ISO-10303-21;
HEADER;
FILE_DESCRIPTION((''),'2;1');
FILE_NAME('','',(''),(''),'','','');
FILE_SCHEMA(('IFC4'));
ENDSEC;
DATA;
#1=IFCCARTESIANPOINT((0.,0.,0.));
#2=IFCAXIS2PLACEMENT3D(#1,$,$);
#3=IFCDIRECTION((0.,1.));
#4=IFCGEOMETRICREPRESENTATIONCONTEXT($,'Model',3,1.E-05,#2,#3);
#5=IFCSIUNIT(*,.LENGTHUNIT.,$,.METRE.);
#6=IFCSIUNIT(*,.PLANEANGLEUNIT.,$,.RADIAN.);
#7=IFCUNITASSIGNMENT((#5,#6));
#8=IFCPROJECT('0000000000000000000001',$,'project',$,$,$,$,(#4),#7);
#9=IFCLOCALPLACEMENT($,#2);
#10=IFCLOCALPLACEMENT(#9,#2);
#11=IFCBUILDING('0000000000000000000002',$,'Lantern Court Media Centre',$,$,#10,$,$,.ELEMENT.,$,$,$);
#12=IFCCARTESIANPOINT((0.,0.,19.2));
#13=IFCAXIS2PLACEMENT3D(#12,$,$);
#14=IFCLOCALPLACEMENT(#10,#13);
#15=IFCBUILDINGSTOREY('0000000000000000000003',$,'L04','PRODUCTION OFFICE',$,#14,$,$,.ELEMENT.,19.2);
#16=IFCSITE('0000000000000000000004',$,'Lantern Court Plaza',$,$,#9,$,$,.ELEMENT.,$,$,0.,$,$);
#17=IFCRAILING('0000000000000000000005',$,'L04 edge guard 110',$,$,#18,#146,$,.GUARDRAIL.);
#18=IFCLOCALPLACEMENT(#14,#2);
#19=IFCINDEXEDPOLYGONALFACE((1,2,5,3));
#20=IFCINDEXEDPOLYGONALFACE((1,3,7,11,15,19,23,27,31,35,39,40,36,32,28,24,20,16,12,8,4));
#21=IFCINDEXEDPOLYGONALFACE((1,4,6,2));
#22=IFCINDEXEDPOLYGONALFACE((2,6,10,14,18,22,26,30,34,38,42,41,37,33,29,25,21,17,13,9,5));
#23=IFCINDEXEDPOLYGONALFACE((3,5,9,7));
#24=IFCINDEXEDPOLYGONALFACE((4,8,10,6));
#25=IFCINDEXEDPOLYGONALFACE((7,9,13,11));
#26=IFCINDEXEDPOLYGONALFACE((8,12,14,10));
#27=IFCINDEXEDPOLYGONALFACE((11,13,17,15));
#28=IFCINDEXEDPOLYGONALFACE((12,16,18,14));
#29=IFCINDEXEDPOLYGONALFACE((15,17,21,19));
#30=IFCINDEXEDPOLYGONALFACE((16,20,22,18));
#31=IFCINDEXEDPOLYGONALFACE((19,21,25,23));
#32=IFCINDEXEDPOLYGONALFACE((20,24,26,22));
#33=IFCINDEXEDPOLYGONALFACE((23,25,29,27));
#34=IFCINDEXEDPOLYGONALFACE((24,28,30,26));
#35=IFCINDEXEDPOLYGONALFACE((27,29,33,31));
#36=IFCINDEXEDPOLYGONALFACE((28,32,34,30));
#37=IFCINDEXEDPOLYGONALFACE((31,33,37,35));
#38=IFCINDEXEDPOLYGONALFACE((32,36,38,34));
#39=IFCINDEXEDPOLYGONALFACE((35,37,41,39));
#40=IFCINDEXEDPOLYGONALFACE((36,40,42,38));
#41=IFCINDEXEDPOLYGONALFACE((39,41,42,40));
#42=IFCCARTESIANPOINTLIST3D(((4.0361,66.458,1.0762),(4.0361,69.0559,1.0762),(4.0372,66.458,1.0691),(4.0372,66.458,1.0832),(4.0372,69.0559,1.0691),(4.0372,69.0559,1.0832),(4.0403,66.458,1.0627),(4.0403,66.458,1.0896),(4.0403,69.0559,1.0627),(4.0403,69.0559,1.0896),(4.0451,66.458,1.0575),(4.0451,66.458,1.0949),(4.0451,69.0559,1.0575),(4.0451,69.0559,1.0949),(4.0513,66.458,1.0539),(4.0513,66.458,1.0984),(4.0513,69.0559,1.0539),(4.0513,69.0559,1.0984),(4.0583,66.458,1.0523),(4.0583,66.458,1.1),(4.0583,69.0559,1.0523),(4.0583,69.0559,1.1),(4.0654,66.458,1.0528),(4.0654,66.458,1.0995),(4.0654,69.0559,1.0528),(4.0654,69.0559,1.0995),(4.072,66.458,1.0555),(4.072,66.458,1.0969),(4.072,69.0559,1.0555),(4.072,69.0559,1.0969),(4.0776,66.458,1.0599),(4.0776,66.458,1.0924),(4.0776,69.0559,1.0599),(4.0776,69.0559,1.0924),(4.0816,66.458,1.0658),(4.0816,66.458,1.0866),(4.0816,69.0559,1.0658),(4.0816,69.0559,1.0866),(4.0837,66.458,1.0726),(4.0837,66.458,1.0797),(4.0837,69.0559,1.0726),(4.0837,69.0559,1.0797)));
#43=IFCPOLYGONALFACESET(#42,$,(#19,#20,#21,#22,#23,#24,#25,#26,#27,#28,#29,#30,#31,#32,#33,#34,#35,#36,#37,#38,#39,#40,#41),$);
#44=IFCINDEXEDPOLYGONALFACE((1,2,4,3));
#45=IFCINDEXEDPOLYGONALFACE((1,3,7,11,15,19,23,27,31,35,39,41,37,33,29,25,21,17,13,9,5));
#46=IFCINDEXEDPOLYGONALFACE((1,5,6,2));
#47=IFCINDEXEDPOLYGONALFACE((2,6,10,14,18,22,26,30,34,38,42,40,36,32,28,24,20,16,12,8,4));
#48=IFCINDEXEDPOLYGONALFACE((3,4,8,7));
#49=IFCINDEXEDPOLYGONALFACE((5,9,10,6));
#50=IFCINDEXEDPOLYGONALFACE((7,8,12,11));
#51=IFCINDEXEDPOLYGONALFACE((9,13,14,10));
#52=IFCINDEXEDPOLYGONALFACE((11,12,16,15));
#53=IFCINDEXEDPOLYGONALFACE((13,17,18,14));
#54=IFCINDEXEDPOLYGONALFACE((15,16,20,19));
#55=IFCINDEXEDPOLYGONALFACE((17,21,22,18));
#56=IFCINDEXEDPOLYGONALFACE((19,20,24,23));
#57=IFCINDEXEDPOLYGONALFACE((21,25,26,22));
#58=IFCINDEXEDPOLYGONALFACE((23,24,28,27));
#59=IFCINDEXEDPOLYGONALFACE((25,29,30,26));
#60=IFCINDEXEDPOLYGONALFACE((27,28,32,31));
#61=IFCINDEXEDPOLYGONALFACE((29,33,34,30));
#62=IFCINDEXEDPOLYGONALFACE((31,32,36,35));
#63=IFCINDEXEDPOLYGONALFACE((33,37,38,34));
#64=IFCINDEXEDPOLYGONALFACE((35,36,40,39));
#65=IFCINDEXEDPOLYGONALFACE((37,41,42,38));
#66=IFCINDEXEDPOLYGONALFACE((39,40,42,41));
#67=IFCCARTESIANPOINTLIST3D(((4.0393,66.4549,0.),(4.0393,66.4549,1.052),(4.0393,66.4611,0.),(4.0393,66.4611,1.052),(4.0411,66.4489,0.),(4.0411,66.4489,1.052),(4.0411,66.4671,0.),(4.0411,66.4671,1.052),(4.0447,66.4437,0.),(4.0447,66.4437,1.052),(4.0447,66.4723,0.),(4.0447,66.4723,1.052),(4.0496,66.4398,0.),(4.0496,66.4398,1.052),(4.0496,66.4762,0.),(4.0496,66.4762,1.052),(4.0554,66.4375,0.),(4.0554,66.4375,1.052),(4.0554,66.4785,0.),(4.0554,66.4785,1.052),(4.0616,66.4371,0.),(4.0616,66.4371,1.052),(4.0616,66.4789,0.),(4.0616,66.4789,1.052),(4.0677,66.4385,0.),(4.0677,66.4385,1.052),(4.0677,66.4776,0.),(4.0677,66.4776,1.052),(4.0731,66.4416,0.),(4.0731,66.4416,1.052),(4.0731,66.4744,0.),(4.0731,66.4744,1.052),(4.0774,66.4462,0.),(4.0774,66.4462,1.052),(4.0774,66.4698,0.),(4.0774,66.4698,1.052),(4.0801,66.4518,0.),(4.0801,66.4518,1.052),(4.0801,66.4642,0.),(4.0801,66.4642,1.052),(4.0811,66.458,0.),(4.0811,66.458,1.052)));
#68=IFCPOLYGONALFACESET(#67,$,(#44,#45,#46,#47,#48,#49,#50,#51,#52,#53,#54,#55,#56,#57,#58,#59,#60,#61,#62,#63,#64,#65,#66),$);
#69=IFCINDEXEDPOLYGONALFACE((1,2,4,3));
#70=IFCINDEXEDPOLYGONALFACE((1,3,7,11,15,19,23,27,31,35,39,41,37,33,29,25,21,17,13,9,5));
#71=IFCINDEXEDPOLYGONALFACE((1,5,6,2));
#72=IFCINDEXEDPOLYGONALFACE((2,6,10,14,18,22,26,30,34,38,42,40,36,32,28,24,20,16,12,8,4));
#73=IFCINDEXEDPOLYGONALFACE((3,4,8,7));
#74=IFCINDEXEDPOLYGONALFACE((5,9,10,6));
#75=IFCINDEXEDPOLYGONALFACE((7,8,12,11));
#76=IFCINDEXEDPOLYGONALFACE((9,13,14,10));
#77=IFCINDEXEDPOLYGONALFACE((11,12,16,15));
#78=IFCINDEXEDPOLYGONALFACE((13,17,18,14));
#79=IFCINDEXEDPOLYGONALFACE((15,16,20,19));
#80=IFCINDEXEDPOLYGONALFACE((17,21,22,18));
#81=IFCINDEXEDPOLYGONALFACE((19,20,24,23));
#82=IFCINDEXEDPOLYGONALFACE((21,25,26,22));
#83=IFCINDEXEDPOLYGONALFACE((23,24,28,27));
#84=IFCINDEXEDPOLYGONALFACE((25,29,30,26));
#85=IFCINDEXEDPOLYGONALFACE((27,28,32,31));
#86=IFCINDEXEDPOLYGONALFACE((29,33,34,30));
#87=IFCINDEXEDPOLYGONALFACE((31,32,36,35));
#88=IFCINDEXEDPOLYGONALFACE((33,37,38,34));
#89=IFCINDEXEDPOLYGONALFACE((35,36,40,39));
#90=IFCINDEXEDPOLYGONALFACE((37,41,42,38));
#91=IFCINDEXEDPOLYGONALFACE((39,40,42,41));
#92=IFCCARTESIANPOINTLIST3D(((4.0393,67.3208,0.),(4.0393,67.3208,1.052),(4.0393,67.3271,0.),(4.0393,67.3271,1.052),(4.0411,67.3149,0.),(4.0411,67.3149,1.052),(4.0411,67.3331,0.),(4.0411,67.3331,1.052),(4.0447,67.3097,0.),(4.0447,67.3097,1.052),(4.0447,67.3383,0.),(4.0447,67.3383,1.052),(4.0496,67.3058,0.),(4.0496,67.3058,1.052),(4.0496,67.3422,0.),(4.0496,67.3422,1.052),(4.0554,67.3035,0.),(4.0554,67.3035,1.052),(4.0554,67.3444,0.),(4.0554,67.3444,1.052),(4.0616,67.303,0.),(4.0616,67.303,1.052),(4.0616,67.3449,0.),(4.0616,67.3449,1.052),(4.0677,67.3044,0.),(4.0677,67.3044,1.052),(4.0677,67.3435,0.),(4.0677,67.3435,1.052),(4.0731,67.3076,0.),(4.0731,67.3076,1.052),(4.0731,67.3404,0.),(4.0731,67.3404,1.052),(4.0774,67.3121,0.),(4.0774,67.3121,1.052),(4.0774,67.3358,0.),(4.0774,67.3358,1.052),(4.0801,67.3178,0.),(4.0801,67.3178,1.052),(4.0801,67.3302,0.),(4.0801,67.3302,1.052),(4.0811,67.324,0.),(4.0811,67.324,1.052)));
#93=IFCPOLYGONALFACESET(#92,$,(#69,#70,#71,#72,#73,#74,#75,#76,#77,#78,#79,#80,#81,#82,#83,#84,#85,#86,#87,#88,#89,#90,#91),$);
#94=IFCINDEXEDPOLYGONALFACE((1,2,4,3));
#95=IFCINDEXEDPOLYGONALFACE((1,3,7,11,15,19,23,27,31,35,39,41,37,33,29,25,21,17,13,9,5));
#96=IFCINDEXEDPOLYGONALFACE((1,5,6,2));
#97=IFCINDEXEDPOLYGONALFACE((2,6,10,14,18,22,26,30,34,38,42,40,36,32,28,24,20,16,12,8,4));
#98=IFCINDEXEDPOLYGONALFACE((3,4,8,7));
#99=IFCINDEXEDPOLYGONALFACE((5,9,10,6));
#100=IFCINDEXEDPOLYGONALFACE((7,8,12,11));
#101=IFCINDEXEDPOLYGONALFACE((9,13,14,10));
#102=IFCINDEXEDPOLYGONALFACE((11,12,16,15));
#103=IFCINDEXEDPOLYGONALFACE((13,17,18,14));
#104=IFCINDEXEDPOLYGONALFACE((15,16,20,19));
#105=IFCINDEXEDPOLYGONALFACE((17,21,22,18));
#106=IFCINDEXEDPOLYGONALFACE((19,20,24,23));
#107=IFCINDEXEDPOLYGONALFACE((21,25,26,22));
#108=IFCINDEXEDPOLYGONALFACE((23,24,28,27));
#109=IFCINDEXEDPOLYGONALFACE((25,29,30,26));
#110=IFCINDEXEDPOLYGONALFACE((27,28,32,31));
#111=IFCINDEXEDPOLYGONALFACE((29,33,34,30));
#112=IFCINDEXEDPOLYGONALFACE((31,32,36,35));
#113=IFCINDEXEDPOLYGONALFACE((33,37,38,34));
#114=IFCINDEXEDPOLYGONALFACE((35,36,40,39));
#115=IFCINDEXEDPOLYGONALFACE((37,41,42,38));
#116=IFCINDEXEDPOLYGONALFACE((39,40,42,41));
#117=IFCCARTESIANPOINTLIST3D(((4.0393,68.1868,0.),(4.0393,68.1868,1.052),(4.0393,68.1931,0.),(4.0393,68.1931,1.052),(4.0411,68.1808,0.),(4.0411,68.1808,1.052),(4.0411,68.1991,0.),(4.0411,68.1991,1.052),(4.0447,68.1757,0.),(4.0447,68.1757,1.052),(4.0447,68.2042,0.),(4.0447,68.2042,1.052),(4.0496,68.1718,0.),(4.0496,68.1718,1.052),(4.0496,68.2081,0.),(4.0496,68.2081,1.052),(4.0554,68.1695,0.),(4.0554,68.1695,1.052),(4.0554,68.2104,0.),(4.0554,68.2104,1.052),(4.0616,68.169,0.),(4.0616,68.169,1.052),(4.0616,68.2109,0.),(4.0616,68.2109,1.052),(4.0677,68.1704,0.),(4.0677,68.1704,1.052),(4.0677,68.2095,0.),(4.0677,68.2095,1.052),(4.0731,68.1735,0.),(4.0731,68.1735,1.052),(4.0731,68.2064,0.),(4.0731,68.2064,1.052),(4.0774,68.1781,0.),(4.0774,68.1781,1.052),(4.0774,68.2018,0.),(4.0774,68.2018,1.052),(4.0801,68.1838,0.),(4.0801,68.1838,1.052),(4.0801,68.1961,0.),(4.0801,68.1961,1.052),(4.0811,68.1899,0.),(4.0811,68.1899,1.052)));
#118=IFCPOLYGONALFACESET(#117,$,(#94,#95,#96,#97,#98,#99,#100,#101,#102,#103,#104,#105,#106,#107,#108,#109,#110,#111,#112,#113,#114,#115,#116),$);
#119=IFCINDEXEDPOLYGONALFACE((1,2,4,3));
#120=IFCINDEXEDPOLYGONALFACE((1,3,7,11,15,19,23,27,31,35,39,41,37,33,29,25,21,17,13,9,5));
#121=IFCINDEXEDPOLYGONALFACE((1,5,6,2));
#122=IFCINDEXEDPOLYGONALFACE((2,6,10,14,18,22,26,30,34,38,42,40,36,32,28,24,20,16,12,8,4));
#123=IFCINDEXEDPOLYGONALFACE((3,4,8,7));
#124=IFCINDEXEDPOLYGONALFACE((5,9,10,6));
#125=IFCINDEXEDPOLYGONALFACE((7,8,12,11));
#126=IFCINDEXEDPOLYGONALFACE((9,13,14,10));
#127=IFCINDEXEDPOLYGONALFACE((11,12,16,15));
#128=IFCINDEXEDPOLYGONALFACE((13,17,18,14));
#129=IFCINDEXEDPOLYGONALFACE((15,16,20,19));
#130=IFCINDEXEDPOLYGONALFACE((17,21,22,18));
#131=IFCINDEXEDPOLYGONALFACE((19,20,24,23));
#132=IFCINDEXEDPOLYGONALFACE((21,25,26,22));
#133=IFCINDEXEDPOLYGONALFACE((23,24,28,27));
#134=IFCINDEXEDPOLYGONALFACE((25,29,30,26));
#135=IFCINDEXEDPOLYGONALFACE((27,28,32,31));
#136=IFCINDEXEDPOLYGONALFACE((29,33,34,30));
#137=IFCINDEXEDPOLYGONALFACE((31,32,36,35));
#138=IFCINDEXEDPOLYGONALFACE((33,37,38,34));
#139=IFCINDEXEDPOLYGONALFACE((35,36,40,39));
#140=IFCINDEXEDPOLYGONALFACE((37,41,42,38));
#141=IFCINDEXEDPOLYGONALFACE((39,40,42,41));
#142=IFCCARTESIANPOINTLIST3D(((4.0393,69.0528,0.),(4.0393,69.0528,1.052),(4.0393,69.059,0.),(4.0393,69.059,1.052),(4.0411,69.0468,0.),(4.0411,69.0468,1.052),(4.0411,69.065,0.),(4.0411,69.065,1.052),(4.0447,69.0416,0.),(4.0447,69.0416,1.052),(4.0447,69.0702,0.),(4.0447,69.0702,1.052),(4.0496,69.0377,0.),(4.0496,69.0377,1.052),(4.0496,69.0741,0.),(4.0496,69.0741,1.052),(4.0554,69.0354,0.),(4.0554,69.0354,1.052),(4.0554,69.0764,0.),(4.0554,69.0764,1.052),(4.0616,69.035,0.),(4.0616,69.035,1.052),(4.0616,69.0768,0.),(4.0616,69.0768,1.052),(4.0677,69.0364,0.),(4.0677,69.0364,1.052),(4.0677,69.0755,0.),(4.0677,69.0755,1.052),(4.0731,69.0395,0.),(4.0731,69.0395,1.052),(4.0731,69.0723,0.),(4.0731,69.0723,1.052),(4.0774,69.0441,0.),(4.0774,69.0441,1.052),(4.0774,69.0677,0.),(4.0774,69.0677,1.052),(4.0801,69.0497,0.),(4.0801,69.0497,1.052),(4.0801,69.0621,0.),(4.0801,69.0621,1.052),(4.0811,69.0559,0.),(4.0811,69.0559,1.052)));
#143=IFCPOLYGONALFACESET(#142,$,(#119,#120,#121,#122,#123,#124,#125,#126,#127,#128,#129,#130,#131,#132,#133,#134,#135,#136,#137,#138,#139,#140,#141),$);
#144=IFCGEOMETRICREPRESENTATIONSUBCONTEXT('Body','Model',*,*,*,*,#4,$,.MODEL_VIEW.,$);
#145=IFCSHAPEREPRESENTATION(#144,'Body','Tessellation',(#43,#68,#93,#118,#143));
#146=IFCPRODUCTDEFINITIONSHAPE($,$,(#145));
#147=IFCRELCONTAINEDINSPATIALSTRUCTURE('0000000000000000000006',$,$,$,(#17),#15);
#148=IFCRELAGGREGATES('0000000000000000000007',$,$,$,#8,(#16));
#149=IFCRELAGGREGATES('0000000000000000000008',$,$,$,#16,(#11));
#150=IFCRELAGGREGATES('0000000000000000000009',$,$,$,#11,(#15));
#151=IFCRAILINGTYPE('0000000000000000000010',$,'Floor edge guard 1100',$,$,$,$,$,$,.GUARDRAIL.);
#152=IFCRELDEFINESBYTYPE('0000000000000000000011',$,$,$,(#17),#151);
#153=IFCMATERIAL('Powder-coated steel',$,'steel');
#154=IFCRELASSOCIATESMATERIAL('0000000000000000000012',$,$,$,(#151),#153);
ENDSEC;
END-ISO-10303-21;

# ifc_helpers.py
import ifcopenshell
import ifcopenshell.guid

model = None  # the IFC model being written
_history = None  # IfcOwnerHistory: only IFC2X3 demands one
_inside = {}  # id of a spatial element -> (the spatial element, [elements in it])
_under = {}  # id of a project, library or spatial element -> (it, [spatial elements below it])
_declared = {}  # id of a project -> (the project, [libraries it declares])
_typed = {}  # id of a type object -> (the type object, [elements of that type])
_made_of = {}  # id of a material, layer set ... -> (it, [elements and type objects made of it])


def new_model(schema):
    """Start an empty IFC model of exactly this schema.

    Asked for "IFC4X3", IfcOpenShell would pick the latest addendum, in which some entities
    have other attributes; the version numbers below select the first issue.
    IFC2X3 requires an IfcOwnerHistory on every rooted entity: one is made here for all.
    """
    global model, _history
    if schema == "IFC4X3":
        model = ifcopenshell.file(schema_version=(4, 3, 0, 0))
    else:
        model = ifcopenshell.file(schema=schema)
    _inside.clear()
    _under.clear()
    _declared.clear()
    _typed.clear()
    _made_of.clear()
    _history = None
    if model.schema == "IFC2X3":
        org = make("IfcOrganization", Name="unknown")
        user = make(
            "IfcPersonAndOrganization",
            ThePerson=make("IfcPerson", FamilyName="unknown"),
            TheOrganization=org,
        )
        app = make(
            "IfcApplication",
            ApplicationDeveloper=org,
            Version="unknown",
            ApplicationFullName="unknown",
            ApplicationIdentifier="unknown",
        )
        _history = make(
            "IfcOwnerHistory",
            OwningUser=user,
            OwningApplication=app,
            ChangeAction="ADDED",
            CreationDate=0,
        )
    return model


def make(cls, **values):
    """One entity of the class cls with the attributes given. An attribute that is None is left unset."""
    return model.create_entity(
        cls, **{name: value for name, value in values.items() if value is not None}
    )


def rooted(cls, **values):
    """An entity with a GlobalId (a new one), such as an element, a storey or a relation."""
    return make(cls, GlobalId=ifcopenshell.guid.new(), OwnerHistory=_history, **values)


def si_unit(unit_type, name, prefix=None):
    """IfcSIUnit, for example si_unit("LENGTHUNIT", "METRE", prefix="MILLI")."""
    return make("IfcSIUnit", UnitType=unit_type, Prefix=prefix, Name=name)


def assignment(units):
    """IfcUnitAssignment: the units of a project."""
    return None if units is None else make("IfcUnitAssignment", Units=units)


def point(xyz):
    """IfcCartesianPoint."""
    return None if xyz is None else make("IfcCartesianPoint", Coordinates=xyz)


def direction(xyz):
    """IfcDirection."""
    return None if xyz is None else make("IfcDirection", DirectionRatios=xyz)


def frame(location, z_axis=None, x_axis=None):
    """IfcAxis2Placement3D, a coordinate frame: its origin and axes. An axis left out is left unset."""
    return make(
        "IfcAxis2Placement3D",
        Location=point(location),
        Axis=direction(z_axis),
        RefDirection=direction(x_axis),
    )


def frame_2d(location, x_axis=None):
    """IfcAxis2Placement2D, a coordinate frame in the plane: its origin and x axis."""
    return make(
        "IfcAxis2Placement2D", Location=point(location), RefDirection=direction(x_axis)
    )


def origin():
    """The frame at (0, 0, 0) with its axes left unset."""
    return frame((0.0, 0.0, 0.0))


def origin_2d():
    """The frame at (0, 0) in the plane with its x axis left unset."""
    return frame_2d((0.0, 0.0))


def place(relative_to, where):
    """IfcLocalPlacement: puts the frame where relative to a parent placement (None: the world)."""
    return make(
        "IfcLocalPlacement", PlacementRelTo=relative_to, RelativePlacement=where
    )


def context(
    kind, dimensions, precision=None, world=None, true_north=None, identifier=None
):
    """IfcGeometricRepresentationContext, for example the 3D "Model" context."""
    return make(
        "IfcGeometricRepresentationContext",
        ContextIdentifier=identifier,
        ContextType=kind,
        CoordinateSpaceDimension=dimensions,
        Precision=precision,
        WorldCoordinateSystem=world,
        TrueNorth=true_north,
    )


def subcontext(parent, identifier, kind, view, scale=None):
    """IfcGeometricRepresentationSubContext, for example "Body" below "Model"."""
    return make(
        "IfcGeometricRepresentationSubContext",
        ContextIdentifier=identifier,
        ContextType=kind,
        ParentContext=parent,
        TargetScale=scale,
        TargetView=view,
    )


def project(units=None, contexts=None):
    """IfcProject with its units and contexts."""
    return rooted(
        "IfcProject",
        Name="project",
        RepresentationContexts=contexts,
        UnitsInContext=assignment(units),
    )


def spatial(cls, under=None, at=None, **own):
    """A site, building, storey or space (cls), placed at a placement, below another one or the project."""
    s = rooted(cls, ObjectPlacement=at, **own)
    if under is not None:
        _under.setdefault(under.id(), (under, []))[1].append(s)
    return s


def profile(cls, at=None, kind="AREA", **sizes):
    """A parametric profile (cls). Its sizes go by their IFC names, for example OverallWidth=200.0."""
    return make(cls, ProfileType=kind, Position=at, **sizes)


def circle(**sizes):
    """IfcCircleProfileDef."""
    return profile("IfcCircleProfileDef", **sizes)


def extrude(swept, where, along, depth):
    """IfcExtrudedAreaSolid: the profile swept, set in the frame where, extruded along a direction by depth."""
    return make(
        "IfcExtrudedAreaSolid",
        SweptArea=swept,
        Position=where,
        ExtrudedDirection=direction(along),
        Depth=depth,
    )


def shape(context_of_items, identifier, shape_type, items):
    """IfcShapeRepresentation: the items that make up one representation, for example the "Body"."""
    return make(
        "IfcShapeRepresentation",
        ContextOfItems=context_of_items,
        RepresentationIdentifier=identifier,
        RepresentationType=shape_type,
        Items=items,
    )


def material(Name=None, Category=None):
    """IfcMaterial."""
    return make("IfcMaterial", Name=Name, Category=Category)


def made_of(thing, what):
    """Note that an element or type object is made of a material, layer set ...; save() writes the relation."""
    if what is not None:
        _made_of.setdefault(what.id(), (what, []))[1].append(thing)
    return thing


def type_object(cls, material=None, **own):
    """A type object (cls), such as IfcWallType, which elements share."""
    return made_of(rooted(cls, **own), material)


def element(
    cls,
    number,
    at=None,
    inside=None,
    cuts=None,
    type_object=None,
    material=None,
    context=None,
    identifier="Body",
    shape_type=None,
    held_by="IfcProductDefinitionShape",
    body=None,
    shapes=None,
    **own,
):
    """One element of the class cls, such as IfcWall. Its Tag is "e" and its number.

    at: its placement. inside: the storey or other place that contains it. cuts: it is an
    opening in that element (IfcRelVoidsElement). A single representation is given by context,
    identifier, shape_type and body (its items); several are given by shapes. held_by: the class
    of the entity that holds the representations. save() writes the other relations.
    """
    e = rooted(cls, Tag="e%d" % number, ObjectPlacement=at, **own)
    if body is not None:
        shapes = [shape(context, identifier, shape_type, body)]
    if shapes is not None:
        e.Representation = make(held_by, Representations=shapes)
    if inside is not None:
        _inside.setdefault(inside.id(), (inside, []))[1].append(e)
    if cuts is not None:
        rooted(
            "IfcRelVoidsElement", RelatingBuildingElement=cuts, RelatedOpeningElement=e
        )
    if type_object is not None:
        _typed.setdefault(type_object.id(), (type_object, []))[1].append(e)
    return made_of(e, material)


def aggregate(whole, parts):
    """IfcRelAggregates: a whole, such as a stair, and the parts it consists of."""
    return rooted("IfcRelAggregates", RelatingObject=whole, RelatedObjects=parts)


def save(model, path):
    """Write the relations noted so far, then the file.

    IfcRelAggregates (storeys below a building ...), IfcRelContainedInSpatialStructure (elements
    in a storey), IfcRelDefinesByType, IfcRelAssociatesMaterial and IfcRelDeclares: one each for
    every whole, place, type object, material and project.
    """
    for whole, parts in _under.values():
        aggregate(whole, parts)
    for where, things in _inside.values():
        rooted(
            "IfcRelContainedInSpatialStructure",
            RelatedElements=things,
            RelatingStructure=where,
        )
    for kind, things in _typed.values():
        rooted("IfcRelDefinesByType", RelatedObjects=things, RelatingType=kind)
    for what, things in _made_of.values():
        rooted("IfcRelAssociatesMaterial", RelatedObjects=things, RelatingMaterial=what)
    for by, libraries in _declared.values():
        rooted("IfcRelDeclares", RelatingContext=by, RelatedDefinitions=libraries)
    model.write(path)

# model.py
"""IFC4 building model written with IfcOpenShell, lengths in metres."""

from ifc_helpers import new_model, si_unit, direction, frame, origin, origin_2d, place, context, subcontext, project, spatial, circle, extrude, material, type_object, element, save


model = new_model("IFC4")

# Units and contexts
model_context = context("Model", 3, precision=1e-05, world=origin(), true_north=direction((0.0, 1.0)))
body_context = subcontext(model_context, "Body", "Model", "MODEL_VIEW")
ifc_project = project(units=[si_unit("LENGTHUNIT", "METRE"), si_unit("PLANEANGLEUNIT", "RADIAN")], contexts=[model_context])

# Site, building, storey
site_placement = place(None, origin())
site = spatial("IfcSite", under=ifc_project, at=site_placement, Name="Lantern Court Plaza", CompositionType="ELEMENT", RefElevation=0.0)
building_placement = place(site_placement, origin())
building = spatial("IfcBuilding", under=site, at=building_placement, Name="Lantern Court Media Centre", CompositionType="ELEMENT")
storey_placement = place(building_placement, frame((0.0, 0.0, 19.2)))
storey = spatial("IfcBuildingStorey", under=building, at=storey_placement, Name="L04", Description="PRODUCTION OFFICE", CompositionType="ELEMENT", Elevation=19.2)

# Railing
ifc_material_1 = material(Name="Powder-coated steel", Category="steel")
railing_type = type_object("IfcRailingType", Name="Floor edge guard 1100", PredefinedType="GUARDRAIL", material=ifc_material_1)
railing_1_placement = place(storey_placement, frame((4.0601, 66.458, 0.0)))
element("IfcRailing", 1, at=railing_1_placement, inside=storey, type_object=railing_type, Name="L04 edge guard 110", PredefinedType="GUARDRAIL", context=body_context, shape_type="SweptSolid", body=[
    extrude(circle(Radius=0.0239, at=origin_2d()), frame((0.0, 0.0, 1.0762), z_axis=(0.0, 1.0, 0.0), x_axis=(-1.0, 0.0, 0.0)), (0.0, 0.0, 1.0), 2.5979),
    extrude(circle(Radius=0.021, at=origin_2d()), origin(), (0.0, 0.0, 1.0), 1.052),
    extrude(circle(Radius=0.021, at=origin_2d()), frame((0.0, 0.866, 0.0)), (0.0, 0.0, 1.0), 1.052),
    extrude(circle(Radius=0.021, at=origin_2d()), frame((0.0, 1.7319, 0.0)), (0.0, 0.0, 1.0), 1.052),
    extrude(circle(Radius=0.021, at=origin_2d()), frame((0.0, 2.5979, 0.0)), (0.0, 0.0, 1.0), 1.052),
])

save(model, "model.ifc")
